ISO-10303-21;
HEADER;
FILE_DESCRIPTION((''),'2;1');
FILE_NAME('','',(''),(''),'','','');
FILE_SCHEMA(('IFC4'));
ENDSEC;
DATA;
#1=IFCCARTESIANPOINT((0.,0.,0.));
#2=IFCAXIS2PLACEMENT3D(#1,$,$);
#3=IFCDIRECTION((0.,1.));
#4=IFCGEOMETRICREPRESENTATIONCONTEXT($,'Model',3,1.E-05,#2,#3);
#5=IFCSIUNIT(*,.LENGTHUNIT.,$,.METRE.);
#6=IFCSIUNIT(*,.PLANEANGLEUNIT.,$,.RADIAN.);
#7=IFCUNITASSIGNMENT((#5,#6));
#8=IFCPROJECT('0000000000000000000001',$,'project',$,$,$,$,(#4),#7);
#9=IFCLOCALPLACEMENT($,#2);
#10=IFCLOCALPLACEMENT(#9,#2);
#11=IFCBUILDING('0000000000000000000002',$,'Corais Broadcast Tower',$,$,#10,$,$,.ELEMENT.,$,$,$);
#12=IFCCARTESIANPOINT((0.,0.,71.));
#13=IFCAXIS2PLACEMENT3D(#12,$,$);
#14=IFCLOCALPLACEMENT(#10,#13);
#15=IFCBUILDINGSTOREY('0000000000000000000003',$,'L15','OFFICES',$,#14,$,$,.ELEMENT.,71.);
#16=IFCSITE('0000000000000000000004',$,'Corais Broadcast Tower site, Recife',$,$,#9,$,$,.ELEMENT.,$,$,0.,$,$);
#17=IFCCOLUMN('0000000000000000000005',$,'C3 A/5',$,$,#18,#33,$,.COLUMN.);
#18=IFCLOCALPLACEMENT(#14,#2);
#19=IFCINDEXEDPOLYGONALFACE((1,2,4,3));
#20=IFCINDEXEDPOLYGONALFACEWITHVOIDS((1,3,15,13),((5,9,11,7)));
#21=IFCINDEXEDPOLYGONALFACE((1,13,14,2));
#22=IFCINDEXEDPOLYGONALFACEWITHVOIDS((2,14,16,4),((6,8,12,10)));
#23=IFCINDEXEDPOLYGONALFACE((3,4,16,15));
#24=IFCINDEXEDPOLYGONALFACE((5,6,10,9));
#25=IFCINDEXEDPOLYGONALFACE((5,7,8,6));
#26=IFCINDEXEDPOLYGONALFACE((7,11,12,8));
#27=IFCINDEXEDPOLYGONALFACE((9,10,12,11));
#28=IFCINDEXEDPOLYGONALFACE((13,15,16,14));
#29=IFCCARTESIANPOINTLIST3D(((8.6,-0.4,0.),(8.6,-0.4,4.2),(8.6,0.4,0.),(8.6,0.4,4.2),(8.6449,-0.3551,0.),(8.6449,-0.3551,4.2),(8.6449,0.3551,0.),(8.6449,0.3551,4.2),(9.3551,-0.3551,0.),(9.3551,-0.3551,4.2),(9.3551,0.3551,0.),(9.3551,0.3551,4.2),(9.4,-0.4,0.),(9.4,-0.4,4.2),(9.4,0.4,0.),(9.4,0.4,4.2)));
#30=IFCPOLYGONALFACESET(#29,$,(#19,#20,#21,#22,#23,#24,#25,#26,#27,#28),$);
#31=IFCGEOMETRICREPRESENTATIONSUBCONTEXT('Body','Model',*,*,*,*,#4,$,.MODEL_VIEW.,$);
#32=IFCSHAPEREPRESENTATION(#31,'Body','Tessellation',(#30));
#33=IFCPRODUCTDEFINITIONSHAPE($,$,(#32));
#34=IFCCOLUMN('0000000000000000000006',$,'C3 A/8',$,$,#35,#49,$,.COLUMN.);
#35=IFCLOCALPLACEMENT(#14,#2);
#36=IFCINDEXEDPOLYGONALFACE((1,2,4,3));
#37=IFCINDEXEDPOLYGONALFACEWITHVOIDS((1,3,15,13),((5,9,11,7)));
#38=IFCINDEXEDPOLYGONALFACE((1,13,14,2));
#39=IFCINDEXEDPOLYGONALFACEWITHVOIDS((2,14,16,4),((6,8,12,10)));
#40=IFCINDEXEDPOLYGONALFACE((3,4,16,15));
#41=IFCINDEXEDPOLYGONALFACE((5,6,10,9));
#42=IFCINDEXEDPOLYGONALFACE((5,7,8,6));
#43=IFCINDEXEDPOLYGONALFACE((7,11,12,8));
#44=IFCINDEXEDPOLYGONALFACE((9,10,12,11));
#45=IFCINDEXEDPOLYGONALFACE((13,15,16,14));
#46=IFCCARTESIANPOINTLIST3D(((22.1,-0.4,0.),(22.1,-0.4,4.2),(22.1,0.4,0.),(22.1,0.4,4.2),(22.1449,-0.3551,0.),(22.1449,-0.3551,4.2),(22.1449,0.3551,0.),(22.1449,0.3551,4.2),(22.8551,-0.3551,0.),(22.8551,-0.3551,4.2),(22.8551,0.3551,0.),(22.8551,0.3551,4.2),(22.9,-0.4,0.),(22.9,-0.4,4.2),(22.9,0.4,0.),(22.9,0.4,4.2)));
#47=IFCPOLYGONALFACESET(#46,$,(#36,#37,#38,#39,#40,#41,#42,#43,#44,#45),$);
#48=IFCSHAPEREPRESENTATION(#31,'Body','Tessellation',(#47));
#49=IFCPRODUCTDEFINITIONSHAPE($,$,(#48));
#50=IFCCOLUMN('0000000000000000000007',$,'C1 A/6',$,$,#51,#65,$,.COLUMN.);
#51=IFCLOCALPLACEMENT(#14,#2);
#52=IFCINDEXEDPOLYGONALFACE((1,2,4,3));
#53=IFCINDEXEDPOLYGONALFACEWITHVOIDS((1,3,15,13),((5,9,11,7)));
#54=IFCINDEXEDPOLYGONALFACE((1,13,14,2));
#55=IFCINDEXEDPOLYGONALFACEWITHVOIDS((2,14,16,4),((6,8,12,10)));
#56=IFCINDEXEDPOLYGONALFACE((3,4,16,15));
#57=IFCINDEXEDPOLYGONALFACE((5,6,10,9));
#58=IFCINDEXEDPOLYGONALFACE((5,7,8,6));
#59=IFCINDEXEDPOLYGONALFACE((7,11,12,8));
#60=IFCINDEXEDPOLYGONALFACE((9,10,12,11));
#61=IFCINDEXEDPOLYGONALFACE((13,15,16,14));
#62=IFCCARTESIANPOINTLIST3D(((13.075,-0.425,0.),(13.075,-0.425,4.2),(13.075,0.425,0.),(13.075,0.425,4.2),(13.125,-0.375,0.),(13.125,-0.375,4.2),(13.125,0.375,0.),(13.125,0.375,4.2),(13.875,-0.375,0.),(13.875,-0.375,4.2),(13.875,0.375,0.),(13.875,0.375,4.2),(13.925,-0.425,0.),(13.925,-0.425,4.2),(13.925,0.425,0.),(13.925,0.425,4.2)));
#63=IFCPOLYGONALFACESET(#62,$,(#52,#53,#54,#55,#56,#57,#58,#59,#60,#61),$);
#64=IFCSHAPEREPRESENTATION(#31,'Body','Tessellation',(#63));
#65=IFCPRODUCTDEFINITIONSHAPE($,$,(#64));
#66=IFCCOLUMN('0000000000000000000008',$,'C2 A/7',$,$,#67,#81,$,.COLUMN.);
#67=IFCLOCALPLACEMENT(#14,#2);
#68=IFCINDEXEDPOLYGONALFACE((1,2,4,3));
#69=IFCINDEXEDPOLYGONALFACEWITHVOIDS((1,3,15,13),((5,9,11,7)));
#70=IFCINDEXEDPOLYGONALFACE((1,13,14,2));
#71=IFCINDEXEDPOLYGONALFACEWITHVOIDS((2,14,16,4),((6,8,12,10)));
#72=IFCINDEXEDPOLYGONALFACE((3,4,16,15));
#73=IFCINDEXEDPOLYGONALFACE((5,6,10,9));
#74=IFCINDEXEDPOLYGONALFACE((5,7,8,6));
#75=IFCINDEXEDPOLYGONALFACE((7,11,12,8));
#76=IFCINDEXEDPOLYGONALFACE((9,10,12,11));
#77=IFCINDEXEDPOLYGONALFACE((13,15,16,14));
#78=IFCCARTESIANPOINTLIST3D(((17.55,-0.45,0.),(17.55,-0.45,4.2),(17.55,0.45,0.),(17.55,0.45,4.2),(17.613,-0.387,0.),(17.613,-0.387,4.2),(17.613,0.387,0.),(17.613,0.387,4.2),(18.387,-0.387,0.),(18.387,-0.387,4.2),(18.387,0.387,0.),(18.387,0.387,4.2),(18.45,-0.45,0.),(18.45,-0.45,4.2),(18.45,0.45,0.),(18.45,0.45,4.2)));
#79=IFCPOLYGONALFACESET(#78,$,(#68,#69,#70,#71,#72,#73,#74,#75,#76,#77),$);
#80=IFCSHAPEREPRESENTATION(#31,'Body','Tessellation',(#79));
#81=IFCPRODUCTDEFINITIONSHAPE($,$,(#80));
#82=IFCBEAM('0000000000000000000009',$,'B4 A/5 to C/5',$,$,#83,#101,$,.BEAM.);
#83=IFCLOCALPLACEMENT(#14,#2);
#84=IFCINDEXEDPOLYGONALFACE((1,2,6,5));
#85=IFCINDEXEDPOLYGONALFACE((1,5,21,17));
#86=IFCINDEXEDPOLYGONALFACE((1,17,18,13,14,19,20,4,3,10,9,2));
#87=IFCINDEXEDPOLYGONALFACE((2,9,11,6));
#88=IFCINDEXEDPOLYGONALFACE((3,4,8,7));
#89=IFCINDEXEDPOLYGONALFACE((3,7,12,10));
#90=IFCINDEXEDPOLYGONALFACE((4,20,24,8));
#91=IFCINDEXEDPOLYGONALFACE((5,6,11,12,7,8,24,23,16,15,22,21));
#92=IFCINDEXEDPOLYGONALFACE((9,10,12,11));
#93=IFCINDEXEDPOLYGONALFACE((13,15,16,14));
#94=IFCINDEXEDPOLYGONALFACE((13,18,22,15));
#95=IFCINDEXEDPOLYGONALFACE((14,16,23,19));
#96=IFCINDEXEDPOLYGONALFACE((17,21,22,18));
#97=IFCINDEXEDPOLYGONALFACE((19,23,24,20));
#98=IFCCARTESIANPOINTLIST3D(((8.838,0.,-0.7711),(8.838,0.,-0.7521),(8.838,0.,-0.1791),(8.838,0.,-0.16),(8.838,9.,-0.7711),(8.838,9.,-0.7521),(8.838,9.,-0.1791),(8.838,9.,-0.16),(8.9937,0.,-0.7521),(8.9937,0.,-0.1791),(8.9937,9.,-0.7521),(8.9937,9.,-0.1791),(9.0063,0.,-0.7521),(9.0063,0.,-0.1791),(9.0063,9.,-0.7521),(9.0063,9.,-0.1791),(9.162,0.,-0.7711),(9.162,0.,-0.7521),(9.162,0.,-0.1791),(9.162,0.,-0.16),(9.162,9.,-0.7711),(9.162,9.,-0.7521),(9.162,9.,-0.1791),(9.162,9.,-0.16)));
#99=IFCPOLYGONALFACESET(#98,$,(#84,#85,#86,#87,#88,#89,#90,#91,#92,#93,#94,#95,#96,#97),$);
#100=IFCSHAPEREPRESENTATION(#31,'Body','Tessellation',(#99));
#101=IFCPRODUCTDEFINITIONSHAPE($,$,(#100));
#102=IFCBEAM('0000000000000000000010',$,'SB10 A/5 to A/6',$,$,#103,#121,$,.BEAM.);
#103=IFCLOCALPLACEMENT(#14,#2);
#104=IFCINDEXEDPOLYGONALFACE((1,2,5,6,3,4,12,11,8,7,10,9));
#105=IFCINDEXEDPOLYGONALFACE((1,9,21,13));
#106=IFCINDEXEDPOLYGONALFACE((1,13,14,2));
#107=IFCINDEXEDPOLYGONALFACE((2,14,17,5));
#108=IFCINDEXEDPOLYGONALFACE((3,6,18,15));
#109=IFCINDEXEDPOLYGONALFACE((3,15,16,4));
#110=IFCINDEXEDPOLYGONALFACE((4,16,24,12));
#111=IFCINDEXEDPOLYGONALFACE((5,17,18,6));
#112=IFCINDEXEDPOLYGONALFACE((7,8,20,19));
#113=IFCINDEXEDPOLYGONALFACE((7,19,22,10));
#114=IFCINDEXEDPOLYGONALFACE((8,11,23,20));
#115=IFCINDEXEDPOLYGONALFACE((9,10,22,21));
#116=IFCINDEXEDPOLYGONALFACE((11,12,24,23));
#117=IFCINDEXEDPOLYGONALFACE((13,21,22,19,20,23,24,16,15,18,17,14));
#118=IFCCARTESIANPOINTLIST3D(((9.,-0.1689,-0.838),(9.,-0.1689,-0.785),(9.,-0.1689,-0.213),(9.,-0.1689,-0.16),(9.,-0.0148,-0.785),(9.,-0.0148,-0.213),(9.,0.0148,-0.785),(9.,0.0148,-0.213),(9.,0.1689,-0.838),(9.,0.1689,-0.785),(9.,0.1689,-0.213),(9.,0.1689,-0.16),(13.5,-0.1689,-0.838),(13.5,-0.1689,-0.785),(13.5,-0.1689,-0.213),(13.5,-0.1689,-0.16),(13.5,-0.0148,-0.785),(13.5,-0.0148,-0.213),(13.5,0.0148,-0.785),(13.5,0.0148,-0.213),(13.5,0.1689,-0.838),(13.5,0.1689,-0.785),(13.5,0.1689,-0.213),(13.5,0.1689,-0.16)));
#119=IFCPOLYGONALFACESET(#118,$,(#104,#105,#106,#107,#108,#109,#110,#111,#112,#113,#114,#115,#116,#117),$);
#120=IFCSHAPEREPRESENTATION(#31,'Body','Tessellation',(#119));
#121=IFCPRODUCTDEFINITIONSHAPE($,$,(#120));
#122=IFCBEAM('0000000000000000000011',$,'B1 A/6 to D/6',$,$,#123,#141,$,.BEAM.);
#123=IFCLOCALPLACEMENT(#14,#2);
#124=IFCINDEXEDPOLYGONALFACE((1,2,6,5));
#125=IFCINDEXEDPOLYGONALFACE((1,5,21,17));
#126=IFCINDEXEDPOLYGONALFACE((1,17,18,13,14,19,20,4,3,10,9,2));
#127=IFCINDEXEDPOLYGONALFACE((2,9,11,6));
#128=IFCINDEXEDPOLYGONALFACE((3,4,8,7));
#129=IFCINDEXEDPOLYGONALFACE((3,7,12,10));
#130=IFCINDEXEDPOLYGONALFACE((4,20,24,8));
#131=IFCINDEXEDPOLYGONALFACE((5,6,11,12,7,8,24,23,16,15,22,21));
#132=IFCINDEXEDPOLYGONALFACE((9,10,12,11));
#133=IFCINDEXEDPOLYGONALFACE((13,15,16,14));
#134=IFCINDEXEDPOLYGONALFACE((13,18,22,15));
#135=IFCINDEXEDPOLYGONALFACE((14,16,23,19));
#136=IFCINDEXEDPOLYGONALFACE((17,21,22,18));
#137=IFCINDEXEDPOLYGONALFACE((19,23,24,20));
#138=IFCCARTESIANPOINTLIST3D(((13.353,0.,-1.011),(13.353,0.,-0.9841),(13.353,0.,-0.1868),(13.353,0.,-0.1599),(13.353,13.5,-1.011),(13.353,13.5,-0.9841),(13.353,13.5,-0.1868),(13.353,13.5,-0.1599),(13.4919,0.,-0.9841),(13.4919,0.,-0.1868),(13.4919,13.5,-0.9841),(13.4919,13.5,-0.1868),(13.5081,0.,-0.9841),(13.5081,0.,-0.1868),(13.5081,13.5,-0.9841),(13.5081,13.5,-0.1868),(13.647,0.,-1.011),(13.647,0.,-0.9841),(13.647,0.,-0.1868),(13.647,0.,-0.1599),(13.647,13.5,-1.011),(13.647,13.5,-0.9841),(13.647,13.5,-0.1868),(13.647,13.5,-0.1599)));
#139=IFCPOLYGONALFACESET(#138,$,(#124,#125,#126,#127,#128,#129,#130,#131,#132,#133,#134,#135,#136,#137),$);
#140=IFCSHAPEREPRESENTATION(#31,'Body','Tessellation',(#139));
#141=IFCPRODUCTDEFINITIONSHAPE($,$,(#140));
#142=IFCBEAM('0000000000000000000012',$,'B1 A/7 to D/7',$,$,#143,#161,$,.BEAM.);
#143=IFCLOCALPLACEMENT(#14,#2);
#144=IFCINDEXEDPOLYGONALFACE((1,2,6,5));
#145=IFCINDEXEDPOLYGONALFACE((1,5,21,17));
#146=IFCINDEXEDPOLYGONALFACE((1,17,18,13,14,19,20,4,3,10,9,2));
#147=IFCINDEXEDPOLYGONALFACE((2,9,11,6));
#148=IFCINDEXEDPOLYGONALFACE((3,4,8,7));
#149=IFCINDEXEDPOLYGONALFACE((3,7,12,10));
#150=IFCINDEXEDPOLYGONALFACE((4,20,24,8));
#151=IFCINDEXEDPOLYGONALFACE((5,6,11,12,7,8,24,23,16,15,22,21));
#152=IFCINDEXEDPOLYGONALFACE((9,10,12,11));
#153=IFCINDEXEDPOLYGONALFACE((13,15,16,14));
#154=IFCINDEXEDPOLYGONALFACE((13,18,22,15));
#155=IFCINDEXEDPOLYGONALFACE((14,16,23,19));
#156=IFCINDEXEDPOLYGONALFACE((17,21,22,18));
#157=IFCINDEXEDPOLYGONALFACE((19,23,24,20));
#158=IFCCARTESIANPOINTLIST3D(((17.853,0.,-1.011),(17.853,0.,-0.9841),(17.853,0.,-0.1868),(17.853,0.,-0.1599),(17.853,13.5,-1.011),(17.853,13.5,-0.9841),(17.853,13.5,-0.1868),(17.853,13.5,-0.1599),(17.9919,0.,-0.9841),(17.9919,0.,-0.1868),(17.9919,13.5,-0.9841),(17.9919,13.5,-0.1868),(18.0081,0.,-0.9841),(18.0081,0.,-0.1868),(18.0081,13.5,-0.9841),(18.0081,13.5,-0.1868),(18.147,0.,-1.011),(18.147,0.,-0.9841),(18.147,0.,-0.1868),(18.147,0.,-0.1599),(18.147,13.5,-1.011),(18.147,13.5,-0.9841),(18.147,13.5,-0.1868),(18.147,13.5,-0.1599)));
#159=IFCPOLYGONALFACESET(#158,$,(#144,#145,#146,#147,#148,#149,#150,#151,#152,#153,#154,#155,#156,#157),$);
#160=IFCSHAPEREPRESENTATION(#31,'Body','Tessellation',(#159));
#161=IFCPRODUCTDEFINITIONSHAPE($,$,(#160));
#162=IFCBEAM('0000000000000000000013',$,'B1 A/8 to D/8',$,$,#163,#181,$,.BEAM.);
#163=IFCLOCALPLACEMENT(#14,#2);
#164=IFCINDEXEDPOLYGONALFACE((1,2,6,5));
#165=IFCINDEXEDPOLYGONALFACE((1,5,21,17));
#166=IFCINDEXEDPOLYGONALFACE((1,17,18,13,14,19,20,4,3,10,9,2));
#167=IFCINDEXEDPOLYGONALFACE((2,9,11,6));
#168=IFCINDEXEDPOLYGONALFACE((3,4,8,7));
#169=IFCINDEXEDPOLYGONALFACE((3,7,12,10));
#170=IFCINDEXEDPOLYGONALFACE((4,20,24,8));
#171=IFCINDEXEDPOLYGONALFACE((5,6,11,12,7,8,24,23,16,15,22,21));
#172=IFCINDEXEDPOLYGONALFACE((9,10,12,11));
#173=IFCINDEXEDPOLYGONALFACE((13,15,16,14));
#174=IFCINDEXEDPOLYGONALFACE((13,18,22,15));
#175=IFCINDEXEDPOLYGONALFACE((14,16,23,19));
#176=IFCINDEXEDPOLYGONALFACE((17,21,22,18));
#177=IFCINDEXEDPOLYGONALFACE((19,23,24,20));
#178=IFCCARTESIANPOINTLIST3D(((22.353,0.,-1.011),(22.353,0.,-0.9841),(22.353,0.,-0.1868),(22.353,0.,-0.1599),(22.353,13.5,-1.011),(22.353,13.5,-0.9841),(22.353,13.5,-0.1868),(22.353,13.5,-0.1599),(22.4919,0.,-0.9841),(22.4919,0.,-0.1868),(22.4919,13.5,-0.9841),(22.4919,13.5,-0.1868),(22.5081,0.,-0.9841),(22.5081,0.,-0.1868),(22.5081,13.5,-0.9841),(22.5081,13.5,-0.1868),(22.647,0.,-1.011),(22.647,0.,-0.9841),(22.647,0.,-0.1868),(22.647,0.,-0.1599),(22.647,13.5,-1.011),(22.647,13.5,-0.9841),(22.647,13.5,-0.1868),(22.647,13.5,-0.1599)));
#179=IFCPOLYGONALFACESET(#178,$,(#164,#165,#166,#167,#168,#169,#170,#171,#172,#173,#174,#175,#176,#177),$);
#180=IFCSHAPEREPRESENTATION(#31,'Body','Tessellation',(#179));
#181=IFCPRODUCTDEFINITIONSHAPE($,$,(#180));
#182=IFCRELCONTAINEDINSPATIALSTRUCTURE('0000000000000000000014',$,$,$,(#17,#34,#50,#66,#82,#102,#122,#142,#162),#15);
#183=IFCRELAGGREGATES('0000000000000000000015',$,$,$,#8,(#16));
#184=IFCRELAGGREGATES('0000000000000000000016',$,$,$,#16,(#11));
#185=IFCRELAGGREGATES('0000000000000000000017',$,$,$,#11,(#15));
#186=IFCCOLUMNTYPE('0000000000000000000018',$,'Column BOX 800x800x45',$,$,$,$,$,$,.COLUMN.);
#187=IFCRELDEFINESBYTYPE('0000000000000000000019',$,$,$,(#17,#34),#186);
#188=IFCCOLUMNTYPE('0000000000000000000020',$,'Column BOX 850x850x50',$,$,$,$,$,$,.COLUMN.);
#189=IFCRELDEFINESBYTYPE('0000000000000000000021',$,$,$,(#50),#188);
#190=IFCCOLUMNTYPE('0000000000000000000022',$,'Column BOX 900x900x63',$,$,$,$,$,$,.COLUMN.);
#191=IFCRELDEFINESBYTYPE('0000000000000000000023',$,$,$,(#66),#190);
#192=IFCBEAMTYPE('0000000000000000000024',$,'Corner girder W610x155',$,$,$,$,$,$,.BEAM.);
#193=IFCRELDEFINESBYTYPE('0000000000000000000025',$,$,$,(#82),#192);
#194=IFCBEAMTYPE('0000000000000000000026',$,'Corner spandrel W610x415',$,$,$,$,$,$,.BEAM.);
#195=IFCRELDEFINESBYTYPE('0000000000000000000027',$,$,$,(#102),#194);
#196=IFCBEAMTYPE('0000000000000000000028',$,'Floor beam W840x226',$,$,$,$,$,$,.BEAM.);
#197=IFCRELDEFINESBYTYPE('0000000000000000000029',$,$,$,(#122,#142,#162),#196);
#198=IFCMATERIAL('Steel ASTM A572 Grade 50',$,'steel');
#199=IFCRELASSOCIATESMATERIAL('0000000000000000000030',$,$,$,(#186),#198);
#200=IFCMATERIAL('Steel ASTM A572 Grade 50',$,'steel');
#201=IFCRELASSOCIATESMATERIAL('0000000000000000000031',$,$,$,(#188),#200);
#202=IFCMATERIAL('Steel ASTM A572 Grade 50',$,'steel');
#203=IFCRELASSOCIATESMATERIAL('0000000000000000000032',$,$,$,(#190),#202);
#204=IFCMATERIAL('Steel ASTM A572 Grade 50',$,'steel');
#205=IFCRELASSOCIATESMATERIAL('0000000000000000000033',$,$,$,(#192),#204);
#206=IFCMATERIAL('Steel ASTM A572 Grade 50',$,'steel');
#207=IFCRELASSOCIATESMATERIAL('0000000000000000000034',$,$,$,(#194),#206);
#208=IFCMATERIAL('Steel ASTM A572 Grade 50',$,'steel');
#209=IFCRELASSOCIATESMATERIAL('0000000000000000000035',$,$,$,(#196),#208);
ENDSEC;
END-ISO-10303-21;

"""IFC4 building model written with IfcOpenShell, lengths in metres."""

from ifc_helpers import new_model, si_unit, direction, frame, origin, origin_2d, place, context, subcontext, project, spatial, hollow_rectangle, i_section, extrude, material, material_profile, profile_set, type_object, element, save


model = new_model("IFC4")

# Units and contexts
model_context = context("Model", 3, precision=1e-05, world=origin(), true_north=direction((0.0, 1.0)))
body_context = subcontext(model_context, "Body", "Model", "MODEL_VIEW")
ifc_project = project(units=[si_unit("LENGTHUNIT", "METRE"), si_unit("PLANEANGLEUNIT", "RADIAN")], contexts=[model_context])

# Site, building, storey
site_placement = place(None, origin())
site = spatial("IfcSite", under=ifc_project, at=site_placement, Name="Corais Broadcast Tower site, Recife", CompositionType="ELEMENT", RefElevation=0.0)
building_placement = place(site_placement, origin())
building = spatial("IfcBuilding", under=site, at=building_placement, Name="Corais Broadcast Tower", CompositionType="ELEMENT")
storey_placement = place(building_placement, frame((0.0, 0.0, 71.0)))
storey = spatial("IfcBuildingStorey", under=building, at=storey_placement, Name="L15", Description="OFFICES", CompositionType="ELEMENT", Elevation=71.0)

# Columns
ifc_material_1 = material(Name="Steel ASTM A572 Grade 50", Category="steel")
ifc_material_profile_1 = material_profile(ifc_material_1, hollow_rectangle(XDim=0.8, YDim=0.8, WallThickness=0.0449, at=origin_2d()), Name="BOX 800x800x45")
ifc_profile_set_1 = profile_set([ifc_material_profile_1], Name="Steel ASTM A572 Grade 50")
column_type_1 = type_object("IfcColumnType", Name="Column BOX 800x800x45", PredefinedType="COLUMN", material=ifc_profile_set_1)
for number, where, z_axis, x_axis, name in (
    (1, (9.0, 0.0, 0.0), (0.0, 0.0, 1.0), (1.0, 0.0, 0.0), "C3 A/5"),
    (2, (22.5, 0.0, 0.0), (0.0, 0.0, 1.0), (1.0, 0.0, 0.0), "C3 A/8"),
):
    element("IfcColumn", number, at=place(storey_placement, frame(where, z_axis=z_axis, x_axis=x_axis)), inside=storey, type_object=column_type_1, Name=name, PredefinedType="COLUMN", context=body_context, shape_type="SweptSolid", body=[
        extrude(hollow_rectangle(XDim=0.8, YDim=0.8, WallThickness=0.0449, at=origin_2d()), origin(), (0.0, 0.0, 1.0), 4.2),
    ])
ifc_material_2 = material(Name="Steel ASTM A572 Grade 50", Category="steel")
ifc_material_profile_2 = material_profile(ifc_material_2, hollow_rectangle(XDim=0.8501, YDim=0.8501, WallThickness=0.05, at=origin_2d()), Name="BOX 850x850x50")
ifc_profile_set_2 = profile_set([ifc_material_profile_2], Name="Steel ASTM A572 Grade 50")
column_type_2 = type_object("IfcColumnType", Name="Column BOX 850x850x50", PredefinedType="COLUMN", material=ifc_profile_set_2)
column_1_placement = place(storey_placement, frame((13.5, 0.0, 0.0), z_axis=(0.0, 0.0, 1.0), x_axis=(1.0, 0.0, 0.0)))
element("IfcColumn", 3, at=column_1_placement, inside=storey, type_object=column_type_2, Name="C1 A/6", PredefinedType="COLUMN", context=body_context, shape_type="SweptSolid", body=[
    extrude(hollow_rectangle(XDim=0.8501, YDim=0.8501, WallThickness=0.05, at=origin_2d()), origin(), (0.0, 0.0, 1.0), 4.2),
])
ifc_material_3 = material(Name="Steel ASTM A572 Grade 50", Category="steel")
ifc_material_profile_3 = material_profile(ifc_material_3, hollow_rectangle(XDim=0.8999, YDim=0.8999, WallThickness=0.063, at=origin_2d()), Name="BOX 900x900x63")
ifc_profile_set_3 = profile_set([ifc_material_profile_3], Name="Steel ASTM A572 Grade 50")
column_type_3 = type_object("IfcColumnType", Name="Column BOX 900x900x63", PredefinedType="COLUMN", material=ifc_profile_set_3)
column_2_placement = place(storey_placement, frame((18.0, 0.0, 0.0), z_axis=(0.0, 0.0, 1.0), x_axis=(1.0, 0.0, 0.0)))
element("IfcColumn", 4, at=column_2_placement, inside=storey, type_object=column_type_3, Name="C2 A/7", PredefinedType="COLUMN", context=body_context, shape_type="SweptSolid", body=[
    extrude(hollow_rectangle(XDim=0.8999, YDim=0.8999, WallThickness=0.063, at=origin_2d()), origin(), (0.0, 0.0, 1.0), 4.2),
])

# Beams
ifc_material_4 = material(Name="Steel ASTM A572 Grade 50", Category="steel")
ifc_material_profile_4 = material_profile(ifc_material_4, i_section(OverallWidth=0.324, OverallDepth=0.6111, WebThickness=0.0127, FlangeThickness=0.019, at=origin_2d()), Name="W610x155")
ifc_profile_set_4 = profile_set([ifc_material_profile_4], Name="Steel ASTM A572 Grade 50")
beam_type_1 = type_object("IfcBeamType", Name="Corner girder W610x155", PredefinedType="BEAM", material=ifc_profile_set_4)
beam_1_placement = place(storey_placement, frame((9.0, 0.0, -0.4656), z_axis=(0.0, 1.0, 0.0), x_axis=(-1.0, 0.0, 0.0)))
element("IfcBeam", 5, at=beam_1_placement, inside=storey, type_object=beam_type_1, Name="B4 A/5 to C/5", PredefinedType="BEAM", context=body_context, shape_type="SweptSolid", body=[
    extrude(i_section(OverallWidth=0.324, OverallDepth=0.6111, WebThickness=0.0127, FlangeThickness=0.019, at=origin_2d()), origin(), (0.0, 0.0, 1.0), 9.0),
])
ifc_material_5 = material(Name="Steel ASTM A572 Grade 50", Category="steel")
ifc_material_profile_5 = material_profile(ifc_material_5, i_section(OverallWidth=0.3379, OverallDepth=0.678, WebThickness=0.0295, FlangeThickness=0.053, at=origin_2d()), Name="W610x415")
ifc_profile_set_5 = profile_set([ifc_material_profile_5], Name="Steel ASTM A572 Grade 50")
beam_type_2 = type_object("IfcBeamType", Name="Corner spandrel W610x415", PredefinedType="BEAM", material=ifc_profile_set_5)
beam_2_placement = place(storey_placement, frame((9.0, 0.0, -0.499), z_axis=(1.0, 0.0, 0.0), x_axis=(0.0, 1.0, 0.0)))
element("IfcBeam", 6, at=beam_2_placement, inside=storey, type_object=beam_type_2, Name="SB10 A/5 to A/6", PredefinedType="BEAM", context=body_context, shape_type="SweptSolid", body=[
    extrude(i_section(OverallWidth=0.3379, OverallDepth=0.678, WebThickness=0.0295, FlangeThickness=0.053, at=origin_2d()), origin(), (0.0, 0.0, 1.0), 4.5),
])
ifc_material_6 = material(Name="Steel ASTM A572 Grade 50", Category="steel")
ifc_material_profile_6 = material_profile(ifc_material_6, i_section(OverallWidth=0.2939, OverallDepth=0.8511, WebThickness=0.0161, FlangeThickness=0.0269, at=origin_2d()), Name="W840x226")
ifc_profile_set_6 = profile_set([ifc_material_profile_6], Name="Steel ASTM A572 Grade 50")
beam_type_3 = type_object("IfcBeamType", Name="Floor beam W840x226", PredefinedType="BEAM", material=ifc_profile_set_6)
for number, where, z_axis, x_axis, name in (
    (7, (13.5, 0.0, -0.5854), (0.0, 1.0, 0.0), (-1.0, 0.0, 0.0), "B1 A/6 to D/6"),
    (8, (18.0, 0.0, -0.5854), (0.0, 1.0, 0.0), (-1.0, 0.0, 0.0), "B1 A/7 to D/7"),
    (9, (22.5, 0.0, -0.5854), (0.0, 1.0, 0.0), (-1.0, 0.0, 0.0), "B1 A/8 to D/8"),
):
    element("IfcBeam", number, at=place(storey_placement, frame(where, z_axis=z_axis, x_axis=x_axis)), inside=storey, type_object=beam_type_3, Name=name, PredefinedType="BEAM", context=body_context, shape_type="SweptSolid", body=[
        extrude(i_section(OverallWidth=0.2939, OverallDepth=0.8511, WebThickness=0.0161, FlangeThickness=0.0269, at=origin_2d()), origin(), (0.0, 0.0, 1.0), 13.5),
    ])

save(model, "model.ifc")
